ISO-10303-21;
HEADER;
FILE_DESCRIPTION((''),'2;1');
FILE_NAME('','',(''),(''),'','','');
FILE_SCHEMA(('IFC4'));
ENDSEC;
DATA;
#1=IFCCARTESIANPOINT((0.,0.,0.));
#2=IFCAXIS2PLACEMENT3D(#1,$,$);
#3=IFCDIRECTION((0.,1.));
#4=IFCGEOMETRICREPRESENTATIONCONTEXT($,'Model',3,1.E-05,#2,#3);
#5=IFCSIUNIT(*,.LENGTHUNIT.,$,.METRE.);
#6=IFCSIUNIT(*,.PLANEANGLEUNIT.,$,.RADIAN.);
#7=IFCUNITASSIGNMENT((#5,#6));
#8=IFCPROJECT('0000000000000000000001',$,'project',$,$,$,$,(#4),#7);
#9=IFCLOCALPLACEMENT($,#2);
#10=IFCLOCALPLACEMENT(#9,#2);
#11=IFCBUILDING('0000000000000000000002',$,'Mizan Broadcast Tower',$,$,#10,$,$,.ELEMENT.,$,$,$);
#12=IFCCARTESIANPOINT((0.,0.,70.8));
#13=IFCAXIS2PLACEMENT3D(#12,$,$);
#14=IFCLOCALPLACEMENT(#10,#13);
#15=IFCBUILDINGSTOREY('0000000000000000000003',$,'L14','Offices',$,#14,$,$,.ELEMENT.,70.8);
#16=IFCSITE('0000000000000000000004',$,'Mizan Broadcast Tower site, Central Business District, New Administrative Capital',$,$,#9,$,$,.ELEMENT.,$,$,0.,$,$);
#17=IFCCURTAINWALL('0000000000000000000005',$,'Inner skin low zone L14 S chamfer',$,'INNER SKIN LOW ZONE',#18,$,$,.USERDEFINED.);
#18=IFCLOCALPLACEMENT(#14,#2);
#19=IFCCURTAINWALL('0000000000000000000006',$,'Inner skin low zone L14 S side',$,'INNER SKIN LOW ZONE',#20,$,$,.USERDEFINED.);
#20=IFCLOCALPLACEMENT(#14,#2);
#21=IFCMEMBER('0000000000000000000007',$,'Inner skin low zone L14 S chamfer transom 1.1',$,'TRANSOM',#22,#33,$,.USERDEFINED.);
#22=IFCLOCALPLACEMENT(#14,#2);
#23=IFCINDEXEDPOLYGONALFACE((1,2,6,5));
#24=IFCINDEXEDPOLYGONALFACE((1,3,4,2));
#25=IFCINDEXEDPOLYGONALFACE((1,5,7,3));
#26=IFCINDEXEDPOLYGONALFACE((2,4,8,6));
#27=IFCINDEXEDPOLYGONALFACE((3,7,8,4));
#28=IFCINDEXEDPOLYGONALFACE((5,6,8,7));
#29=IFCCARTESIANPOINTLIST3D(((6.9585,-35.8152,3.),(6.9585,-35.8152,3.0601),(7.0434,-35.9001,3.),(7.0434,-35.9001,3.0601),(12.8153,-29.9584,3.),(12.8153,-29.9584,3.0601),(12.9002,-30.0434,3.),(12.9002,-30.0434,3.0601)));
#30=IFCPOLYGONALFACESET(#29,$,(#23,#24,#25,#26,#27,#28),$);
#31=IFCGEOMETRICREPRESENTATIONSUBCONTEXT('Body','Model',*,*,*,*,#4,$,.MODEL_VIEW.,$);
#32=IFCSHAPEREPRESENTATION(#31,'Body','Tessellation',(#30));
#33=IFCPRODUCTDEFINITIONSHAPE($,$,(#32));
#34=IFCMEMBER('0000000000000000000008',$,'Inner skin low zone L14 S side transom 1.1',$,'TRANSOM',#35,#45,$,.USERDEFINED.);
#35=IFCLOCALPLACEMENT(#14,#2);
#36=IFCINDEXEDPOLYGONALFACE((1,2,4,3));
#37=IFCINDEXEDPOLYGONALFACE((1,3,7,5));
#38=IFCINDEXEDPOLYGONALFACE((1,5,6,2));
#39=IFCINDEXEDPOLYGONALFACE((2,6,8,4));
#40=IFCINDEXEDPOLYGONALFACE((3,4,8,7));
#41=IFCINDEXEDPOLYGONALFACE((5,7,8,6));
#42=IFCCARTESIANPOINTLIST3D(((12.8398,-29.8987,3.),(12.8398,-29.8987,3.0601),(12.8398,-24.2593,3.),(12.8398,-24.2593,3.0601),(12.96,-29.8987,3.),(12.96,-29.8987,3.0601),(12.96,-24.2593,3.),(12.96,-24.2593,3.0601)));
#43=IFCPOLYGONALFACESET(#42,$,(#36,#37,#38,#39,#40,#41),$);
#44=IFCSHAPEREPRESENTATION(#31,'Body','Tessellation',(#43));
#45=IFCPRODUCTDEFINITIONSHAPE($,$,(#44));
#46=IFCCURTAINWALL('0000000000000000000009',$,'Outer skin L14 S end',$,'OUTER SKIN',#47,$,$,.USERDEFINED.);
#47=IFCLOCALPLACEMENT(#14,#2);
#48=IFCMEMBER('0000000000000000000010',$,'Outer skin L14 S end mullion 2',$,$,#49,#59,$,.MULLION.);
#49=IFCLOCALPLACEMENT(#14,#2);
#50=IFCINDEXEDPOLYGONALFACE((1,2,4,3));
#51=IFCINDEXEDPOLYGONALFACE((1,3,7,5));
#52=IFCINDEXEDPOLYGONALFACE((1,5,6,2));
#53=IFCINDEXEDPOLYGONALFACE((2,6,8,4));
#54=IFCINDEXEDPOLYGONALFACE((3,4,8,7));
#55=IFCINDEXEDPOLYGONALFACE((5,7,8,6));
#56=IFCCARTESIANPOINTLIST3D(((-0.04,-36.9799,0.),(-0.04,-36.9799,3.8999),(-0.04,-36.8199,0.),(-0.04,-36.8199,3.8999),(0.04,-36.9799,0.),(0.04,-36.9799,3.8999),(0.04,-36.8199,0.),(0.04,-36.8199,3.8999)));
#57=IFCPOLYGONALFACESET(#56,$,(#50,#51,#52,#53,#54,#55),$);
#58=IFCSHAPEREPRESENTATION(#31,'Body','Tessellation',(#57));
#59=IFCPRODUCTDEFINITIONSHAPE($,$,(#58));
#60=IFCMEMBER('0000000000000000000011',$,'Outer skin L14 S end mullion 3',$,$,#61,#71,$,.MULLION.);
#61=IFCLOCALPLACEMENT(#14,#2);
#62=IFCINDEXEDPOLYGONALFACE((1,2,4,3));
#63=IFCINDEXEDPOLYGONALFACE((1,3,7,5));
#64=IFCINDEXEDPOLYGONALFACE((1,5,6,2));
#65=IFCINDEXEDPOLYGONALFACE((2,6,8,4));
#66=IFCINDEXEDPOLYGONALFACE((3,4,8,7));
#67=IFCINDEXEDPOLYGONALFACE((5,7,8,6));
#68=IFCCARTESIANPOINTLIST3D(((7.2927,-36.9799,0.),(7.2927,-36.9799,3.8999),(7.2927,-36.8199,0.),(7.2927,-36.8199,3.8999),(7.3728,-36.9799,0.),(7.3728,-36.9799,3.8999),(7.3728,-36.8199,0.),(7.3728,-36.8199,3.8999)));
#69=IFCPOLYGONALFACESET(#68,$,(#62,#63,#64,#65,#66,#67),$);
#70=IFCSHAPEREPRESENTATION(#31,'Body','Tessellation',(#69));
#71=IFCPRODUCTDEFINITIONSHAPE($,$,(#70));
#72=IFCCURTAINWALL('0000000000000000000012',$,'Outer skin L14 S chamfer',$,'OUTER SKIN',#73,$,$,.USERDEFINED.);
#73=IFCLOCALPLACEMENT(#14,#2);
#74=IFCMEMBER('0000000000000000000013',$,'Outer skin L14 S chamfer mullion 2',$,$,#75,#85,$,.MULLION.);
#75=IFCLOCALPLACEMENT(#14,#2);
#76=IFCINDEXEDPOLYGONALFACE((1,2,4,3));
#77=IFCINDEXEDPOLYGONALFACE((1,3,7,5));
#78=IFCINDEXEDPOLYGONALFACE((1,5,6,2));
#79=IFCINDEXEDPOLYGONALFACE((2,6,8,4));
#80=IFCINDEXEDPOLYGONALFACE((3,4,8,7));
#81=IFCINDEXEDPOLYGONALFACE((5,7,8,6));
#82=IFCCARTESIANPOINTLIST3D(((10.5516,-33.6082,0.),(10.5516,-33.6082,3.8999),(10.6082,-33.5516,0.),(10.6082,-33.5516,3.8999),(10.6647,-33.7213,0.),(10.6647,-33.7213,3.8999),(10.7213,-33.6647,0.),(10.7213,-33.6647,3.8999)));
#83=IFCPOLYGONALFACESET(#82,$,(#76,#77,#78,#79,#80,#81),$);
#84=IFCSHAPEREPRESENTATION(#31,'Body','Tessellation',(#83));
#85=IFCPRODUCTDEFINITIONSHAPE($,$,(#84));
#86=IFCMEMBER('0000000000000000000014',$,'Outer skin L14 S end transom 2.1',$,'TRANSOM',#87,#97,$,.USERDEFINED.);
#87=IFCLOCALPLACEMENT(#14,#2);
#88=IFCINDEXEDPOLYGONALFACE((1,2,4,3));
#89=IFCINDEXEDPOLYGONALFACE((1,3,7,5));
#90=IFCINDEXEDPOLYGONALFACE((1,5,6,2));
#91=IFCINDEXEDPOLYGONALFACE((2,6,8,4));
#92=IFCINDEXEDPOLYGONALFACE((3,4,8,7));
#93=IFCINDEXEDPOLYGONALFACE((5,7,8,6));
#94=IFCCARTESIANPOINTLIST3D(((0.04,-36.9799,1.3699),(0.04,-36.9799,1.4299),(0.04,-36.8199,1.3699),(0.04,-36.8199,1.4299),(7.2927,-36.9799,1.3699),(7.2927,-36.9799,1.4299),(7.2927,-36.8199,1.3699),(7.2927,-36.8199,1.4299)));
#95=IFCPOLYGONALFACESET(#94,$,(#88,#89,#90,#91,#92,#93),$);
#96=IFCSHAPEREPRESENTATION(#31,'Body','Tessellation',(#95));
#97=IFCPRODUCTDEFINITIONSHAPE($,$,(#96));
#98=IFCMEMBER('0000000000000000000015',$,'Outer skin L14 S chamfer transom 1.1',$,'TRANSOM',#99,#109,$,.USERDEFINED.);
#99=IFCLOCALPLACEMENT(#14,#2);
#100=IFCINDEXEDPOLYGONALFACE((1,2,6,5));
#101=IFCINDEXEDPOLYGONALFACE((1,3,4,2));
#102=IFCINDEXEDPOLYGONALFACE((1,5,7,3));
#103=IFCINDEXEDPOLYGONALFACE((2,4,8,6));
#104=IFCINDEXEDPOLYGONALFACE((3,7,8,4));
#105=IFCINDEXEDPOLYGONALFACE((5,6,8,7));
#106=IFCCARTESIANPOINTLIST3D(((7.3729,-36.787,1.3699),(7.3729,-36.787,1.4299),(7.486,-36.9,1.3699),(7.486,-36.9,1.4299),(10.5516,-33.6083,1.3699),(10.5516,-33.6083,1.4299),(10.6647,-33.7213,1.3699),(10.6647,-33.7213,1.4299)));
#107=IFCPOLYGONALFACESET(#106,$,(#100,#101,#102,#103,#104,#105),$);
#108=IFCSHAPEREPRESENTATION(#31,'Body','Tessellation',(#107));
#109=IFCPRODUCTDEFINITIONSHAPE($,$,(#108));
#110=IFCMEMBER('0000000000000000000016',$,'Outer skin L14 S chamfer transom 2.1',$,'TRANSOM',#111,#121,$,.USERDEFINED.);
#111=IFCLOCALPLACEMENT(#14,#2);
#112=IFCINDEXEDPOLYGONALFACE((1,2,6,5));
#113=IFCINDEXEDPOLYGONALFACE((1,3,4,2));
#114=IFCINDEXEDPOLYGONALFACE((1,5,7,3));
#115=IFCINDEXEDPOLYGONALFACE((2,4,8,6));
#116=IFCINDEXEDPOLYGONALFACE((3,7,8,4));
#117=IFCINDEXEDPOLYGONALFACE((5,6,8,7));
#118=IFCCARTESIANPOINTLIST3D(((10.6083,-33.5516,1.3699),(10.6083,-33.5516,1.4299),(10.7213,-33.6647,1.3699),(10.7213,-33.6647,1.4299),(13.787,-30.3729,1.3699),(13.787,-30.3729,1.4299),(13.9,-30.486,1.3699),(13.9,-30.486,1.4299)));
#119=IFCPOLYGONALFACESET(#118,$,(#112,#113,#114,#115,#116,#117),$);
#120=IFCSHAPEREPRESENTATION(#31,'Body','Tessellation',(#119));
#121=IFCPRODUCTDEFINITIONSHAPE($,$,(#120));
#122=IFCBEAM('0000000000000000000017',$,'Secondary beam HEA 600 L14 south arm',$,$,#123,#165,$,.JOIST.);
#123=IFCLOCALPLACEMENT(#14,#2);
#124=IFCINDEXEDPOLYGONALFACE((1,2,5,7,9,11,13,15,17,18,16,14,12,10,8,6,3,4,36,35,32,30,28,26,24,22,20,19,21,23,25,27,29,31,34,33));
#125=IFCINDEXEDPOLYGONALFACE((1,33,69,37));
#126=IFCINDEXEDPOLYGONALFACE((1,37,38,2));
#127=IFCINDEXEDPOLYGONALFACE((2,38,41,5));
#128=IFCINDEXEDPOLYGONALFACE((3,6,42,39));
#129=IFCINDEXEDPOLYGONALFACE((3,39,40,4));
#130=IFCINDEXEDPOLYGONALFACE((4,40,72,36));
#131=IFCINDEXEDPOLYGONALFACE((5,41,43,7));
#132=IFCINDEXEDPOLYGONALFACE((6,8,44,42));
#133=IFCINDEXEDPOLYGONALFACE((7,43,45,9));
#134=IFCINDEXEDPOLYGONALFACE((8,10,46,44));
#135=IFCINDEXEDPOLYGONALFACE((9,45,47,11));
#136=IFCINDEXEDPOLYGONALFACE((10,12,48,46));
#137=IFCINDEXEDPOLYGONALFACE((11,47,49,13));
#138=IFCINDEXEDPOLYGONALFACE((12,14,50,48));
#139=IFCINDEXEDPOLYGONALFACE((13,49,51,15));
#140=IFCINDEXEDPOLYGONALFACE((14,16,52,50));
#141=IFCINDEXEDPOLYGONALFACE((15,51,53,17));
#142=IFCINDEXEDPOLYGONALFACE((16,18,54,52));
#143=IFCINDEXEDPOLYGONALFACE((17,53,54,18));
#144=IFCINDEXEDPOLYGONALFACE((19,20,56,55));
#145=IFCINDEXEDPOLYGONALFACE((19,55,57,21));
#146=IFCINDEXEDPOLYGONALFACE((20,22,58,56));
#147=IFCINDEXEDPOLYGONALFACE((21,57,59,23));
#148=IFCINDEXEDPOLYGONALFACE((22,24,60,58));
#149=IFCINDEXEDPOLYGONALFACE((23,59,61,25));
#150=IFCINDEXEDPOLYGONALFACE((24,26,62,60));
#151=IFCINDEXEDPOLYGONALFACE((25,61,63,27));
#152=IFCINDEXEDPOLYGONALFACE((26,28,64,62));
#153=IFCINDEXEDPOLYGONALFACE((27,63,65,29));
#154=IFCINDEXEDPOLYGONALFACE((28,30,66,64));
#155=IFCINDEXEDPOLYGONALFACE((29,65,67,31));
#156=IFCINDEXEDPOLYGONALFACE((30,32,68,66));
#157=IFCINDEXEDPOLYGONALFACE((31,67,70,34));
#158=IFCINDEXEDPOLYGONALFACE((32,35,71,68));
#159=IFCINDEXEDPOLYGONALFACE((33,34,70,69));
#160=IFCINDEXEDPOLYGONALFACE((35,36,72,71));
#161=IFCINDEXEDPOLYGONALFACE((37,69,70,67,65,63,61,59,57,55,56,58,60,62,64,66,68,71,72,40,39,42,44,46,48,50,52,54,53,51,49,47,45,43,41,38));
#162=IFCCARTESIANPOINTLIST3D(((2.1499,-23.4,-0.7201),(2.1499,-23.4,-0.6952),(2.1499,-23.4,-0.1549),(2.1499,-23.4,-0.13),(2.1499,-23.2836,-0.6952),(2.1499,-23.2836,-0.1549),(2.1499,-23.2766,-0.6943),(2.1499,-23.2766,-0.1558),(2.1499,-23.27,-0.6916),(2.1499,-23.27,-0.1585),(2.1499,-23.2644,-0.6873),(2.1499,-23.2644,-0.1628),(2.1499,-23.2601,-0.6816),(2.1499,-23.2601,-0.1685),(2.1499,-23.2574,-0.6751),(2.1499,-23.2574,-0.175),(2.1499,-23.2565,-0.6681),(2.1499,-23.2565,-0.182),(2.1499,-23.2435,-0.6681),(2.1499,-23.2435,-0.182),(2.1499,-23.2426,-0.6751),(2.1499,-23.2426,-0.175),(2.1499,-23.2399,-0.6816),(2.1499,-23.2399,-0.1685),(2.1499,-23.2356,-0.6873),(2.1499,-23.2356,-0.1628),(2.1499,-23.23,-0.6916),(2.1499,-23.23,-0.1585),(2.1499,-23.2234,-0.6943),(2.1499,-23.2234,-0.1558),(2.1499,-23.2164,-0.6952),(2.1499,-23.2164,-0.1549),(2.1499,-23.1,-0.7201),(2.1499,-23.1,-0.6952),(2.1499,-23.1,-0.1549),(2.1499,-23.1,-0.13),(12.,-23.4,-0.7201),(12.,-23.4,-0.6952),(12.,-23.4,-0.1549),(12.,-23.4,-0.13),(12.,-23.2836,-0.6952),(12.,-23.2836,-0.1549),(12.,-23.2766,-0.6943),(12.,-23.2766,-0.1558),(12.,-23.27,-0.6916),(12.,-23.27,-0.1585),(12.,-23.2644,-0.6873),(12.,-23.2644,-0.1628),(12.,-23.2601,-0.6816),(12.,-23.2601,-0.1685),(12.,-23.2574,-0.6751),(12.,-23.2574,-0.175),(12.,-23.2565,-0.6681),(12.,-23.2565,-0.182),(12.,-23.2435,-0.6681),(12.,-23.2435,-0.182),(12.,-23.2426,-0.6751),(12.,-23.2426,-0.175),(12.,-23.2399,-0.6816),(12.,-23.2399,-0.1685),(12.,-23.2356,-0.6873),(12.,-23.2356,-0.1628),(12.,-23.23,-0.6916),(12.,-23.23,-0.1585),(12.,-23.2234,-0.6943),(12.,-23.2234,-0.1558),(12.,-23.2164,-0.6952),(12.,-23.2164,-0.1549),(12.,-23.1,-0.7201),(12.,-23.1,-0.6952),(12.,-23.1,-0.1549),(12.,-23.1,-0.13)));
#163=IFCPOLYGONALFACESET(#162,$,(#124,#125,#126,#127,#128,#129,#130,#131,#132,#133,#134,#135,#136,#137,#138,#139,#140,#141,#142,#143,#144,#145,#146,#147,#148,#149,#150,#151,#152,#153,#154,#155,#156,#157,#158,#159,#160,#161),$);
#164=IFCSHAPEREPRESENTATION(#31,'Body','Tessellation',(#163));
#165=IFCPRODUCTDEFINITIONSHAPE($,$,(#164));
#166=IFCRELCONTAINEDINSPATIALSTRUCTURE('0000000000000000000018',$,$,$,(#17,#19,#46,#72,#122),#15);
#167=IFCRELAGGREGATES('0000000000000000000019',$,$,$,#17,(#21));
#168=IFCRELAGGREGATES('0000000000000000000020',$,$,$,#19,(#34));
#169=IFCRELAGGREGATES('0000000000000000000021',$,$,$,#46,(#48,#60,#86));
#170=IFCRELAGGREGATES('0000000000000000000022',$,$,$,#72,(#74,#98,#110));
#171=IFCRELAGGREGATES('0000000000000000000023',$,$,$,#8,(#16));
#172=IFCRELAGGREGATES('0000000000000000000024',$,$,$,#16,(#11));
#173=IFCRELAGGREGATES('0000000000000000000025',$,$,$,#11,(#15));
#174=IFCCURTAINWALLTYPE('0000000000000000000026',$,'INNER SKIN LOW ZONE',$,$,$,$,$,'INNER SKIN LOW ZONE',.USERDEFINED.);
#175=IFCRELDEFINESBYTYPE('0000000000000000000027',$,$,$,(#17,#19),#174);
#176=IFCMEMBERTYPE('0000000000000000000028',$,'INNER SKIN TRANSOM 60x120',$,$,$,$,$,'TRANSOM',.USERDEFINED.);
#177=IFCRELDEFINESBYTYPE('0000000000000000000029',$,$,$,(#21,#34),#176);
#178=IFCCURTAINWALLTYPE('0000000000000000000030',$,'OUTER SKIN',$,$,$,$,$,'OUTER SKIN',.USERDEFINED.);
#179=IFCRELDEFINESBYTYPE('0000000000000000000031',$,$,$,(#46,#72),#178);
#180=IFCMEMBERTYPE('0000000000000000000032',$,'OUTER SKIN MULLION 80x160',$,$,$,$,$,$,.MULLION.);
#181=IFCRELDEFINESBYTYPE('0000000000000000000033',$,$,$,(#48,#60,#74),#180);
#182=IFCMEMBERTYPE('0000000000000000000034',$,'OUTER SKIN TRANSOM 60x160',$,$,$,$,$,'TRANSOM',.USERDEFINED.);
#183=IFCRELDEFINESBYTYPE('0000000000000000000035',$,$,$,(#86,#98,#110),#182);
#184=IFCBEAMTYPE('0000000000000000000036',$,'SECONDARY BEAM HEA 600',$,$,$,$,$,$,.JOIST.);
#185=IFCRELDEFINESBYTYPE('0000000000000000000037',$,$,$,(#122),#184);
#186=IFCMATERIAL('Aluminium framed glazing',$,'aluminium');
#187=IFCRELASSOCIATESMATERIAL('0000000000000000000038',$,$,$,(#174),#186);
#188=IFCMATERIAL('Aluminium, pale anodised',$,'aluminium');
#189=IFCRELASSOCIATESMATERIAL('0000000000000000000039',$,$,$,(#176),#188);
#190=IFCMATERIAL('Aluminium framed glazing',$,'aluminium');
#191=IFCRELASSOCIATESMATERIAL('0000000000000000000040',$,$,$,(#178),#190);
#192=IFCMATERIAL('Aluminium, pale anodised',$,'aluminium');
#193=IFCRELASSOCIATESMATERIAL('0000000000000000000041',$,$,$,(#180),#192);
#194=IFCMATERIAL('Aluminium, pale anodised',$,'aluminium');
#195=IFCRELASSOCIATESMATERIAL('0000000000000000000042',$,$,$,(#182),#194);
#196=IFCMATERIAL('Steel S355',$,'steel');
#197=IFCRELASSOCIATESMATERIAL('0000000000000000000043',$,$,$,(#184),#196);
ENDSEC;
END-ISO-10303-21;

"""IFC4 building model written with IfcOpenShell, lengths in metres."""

from ifc_helpers import new_model, si_unit, direction, frame, origin, origin_2d, place, context, subcontext, project, spatial, rectangle, i_section, extrude, material, material_profile, profile_set, type_object, element, aggregate, save


model = new_model("IFC4")

# Units and contexts
model_context = context("Model", 3, precision=1e-05, world=origin(), true_north=direction((0.0, 1.0)))
body_context = subcontext(model_context, "Body", "Model", "MODEL_VIEW")
ifc_project = project(units=[si_unit("LENGTHUNIT", "METRE"), si_unit("PLANEANGLEUNIT", "RADIAN")], contexts=[model_context])

# Site, building, storey
site_placement = place(None, origin())
site = spatial("IfcSite", under=ifc_project, at=site_placement, Name="Mizan Broadcast Tower site, Central Business District, New Administrative Capital", CompositionType="ELEMENT", RefElevation=0.0)
building_placement = place(site_placement, origin())
building = spatial("IfcBuilding", under=site, at=building_placement, Name="Mizan Broadcast Tower", CompositionType="ELEMENT")
storey_placement = place(building_placement, frame((0.0, 0.0, 70.8)))
storey = spatial("IfcBuildingStorey", under=building, at=storey_placement, Name="L14", Description="Offices", CompositionType="ELEMENT", Elevation=70.8)

# Shared definitions
ifc_material_1 = material(Name="Aluminium framed glazing", Category="aluminium")
curtain_wall_type_1 = type_object("IfcCurtainWallType", Name="INNER SKIN LOW ZONE", ElementType="INNER SKIN LOW ZONE", PredefinedType="USERDEFINED", material=ifc_material_1)

# Curtain walls
curtain_wall_1_placement = place(storey_placement, origin())
curtain_wall_1 = element("IfcCurtainWall", 1, at=curtain_wall_1_placement, inside=storey, type_object=curtain_wall_type_1, Name="Inner skin low zone L14 S chamfer", ObjectType="INNER SKIN LOW ZONE", PredefinedType="USERDEFINED")
curtain_wall_2_placement = place(storey_placement, origin())
curtain_wall_2 = element("IfcCurtainWall", 2, at=curtain_wall_2_placement, inside=storey, type_object=curtain_wall_type_1, Name="Inner skin low zone L14 S side", ObjectType="INNER SKIN LOW ZONE", PredefinedType="USERDEFINED")

# Members
ifc_material_2 = material(Name="Aluminium, pale anodised", Category="aluminium")
ifc_material_profile_1 = material_profile(ifc_material_2, rectangle(XDim=0.1201, YDim=0.0601, at=origin_2d()), Name="TRANSOM 120x60")
ifc_profile_set_1 = profile_set([ifc_material_profile_1], Name="Aluminium, pale anodised")
member_type_1 = type_object("IfcMemberType", Name="INNER SKIN TRANSOM 60x120", ElementType="TRANSOM", PredefinedType="USERDEFINED", material=ifc_profile_set_1)
member_1_placement = place(storey_placement, frame((7.001, -35.8577, 3.03), z_axis=(0.707107, 0.707107, 0.0), x_axis=(-0.707107, 0.707107, 0.0)))
member_1 = element("IfcMember", 3, at=member_1_placement, type_object=member_type_1, Name="Inner skin low zone L14 S chamfer transom 1.1", ObjectType="TRANSOM", PredefinedType="USERDEFINED", context=body_context, shape_type="SweptSolid", body=[
    extrude(rectangle(XDim=0.1201, YDim=0.0601, at=origin_2d()), origin(), (0.0, 0.0, 1.0), 8.2827),
])
member_2_placement = place(storey_placement, frame((12.8999, -29.8987, 3.03), z_axis=(0.0, 1.0, 0.0), x_axis=(-1.0, 0.0, 0.0)))
member_2 = element("IfcMember", 4, at=member_2_placement, type_object=member_type_1, Name="Inner skin low zone L14 S side transom 1.1", ObjectType="TRANSOM", PredefinedType="USERDEFINED", context=body_context, shape_type="SweptSolid", body=[
    extrude(rectangle(XDim=0.1201, YDim=0.0601, at=origin_2d()), origin(), (0.0, 0.0, 1.0), 5.6394),
])

# Curtain wall, members
ifc_material_3 = material(Name="Aluminium framed glazing", Category="aluminium")
curtain_wall_type_2 = type_object("IfcCurtainWallType", Name="OUTER SKIN", ElementType="OUTER SKIN", PredefinedType="USERDEFINED", material=ifc_material_3)
curtain_wall_3_placement = place(storey_placement, origin())
curtain_wall_3 = element("IfcCurtainWall", 5, at=curtain_wall_3_placement, inside=storey, type_object=curtain_wall_type_2, Name="Outer skin L14 S end", ObjectType="OUTER SKIN", PredefinedType="USERDEFINED")
ifc_material_4 = material(Name="Aluminium, pale anodised", Category="aluminium")
ifc_material_profile_2 = material_profile(ifc_material_4, rectangle(XDim=0.1599, YDim=0.0801, at=origin_2d()), Name="MULLION 160x80")
ifc_profile_set_2 = profile_set([ifc_material_profile_2], Name="Aluminium, pale anodised")
member_type_2 = type_object("IfcMemberType", Name="OUTER SKIN MULLION 80x160", PredefinedType="MULLION", material=ifc_profile_set_2)
member_3_placement = place(storey_placement, frame((0.0, -36.8999, 0.0), z_axis=(0.0, 0.0, 1.0), x_axis=(0.0, 1.0, 0.0)))
member_3 = element("IfcMember", 6, at=member_3_placement, type_object=member_type_2, Name="Outer skin L14 S end mullion 2", PredefinedType="MULLION", context=body_context, shape_type="SweptSolid", body=[
    extrude(rectangle(XDim=0.1599, YDim=0.0801, at=origin_2d()), origin(), (0.0, 0.0, 1.0), 3.8999),
])
member_4_placement = place(storey_placement, frame((7.3328, -36.8999, 0.0), z_axis=(0.0, 0.0, 1.0), x_axis=(0.0, 1.0, 0.0)))
member_4 = element("IfcMember", 7, at=member_4_placement, type_object=member_type_2, Name="Outer skin L14 S end mullion 3", PredefinedType="MULLION", context=body_context, shape_type="SweptSolid", body=[
    extrude(rectangle(XDim=0.1599, YDim=0.0801, at=origin_2d()), origin(), (0.0, 0.0, 1.0), 3.8999),
])

# Curtain wall, member
curtain_wall_4_placement = place(storey_placement, origin())
curtain_wall_4 = element("IfcCurtainWall", 8, at=curtain_wall_4_placement, inside=storey, type_object=curtain_wall_type_2, Name="Outer skin L14 S chamfer", ObjectType="OUTER SKIN", PredefinedType="USERDEFINED")
member_5_placement = place(storey_placement, frame((10.6365, -33.6365, 0.0), z_axis=(0.0, 0.0, 1.0), x_axis=(-0.707107, 0.707107, 0.0)))
member_5 = element("IfcMember", 9, at=member_5_placement, type_object=member_type_2, Name="Outer skin L14 S chamfer mullion 2", PredefinedType="MULLION", context=body_context, shape_type="SweptSolid", body=[
    extrude(rectangle(XDim=0.1599, YDim=0.0801, at=origin_2d()), origin(), (0.0, 0.0, 1.0), 3.8999),
])

# Members
ifc_material_5 = material(Name="Aluminium, pale anodised", Category="aluminium")
ifc_material_profile_3 = material_profile(ifc_material_5, rectangle(XDim=0.1599, YDim=0.0601, at=origin_2d()), Name="TRANSOM 160x60")
ifc_profile_set_3 = profile_set([ifc_material_profile_3], Name="Aluminium, pale anodised")
member_type_3 = type_object("IfcMemberType", Name="OUTER SKIN TRANSOM 60x160", ElementType="TRANSOM", PredefinedType="USERDEFINED", material=ifc_profile_set_3)
member_6_placement = place(storey_placement, frame((0.04, -36.8999, 1.3999), z_axis=(1.0, 0.0, 0.0), x_axis=(0.0, 1.0, 0.0)))
member_6 = element("IfcMember", 10, at=member_6_placement, type_object=member_type_3, Name="Outer skin L14 S end transom 2.1", ObjectType="TRANSOM", PredefinedType="USERDEFINED", context=body_context, shape_type="SweptSolid", body=[
    extrude(rectangle(XDim=0.1599, YDim=0.0601, at=origin_2d()), origin(), (0.0, 0.0, 1.0), 7.2527),
])
member_7_placement = place(storey_placement, frame((7.4294, -36.8435, 1.3999), z_axis=(0.707107, 0.707107, 0.0), x_axis=(-0.707107, 0.707107, 0.0)))
member_7 = element("IfcMember", 11, at=member_7_placement, type_object=member_type_3, Name="Outer skin L14 S chamfer transom 1.1", ObjectType="TRANSOM", PredefinedType="USERDEFINED", context=body_context, shape_type="SweptSolid", body=[
    extrude(rectangle(XDim=0.1599, YDim=0.0601, at=origin_2d()), origin(), (0.0, 0.0, 1.0), 4.4954),
])
member_8_placement = place(storey_placement, frame((10.6648, -33.6082, 1.3999), z_axis=(0.707107, 0.707107, 0.0), x_axis=(-0.707107, 0.707107, 0.0)))
member_8 = element("IfcMember", 12, at=member_8_placement, type_object=member_type_3, Name="Outer skin L14 S chamfer transom 2.1", ObjectType="TRANSOM", PredefinedType="USERDEFINED", context=body_context, shape_type="SweptSolid", body=[
    extrude(rectangle(XDim=0.1599, YDim=0.0601, at=origin_2d()), origin(), (0.0, 0.0, 1.0), 4.4954),
])

# Beam
ifc_material_6 = material(Name="Steel S355", Category="steel")
ifc_material_profile_4 = material_profile(ifc_material_6, i_section(OverallWidth=0.3, OverallDepth=0.5901, WebThickness=0.0129, FlangeThickness=0.0249, FilletRadius=0.0271, at=origin_2d()), Name="HEA 600")
ifc_profile_set_4 = profile_set([ifc_material_profile_4], Name="Steel S355")
beam_type_1 = type_object("IfcBeamType", Name="SECONDARY BEAM HEA 600", PredefinedType="JOIST", material=ifc_profile_set_4)
beam_1_placement = place(storey_placement, frame((12.0, -23.25, -0.425), z_axis=(-1.0, 0.0, 0.0), x_axis=(0.0, -1.0, 0.0)))
element("IfcBeam", 13, at=beam_1_placement, inside=storey, type_object=beam_type_1, Name="Secondary beam HEA 600 L14 south arm", PredefinedType="JOIST", context=body_context, shape_type="SweptSolid", body=[
    extrude(i_section(OverallWidth=0.3, OverallDepth=0.5901, WebThickness=0.0129, FlangeThickness=0.0249, FilletRadius=0.0271, at=origin_2d()), origin(), (0.0, 0.0, 1.0), 9.8501),
])

aggregate(curtain_wall_1, [member_1])
aggregate(curtain_wall_2, [member_2])
aggregate(curtain_wall_3, [member_3, member_4, member_6])
aggregate(curtain_wall_4, [member_5, member_7, member_8])

save(model, "model.ifc")
